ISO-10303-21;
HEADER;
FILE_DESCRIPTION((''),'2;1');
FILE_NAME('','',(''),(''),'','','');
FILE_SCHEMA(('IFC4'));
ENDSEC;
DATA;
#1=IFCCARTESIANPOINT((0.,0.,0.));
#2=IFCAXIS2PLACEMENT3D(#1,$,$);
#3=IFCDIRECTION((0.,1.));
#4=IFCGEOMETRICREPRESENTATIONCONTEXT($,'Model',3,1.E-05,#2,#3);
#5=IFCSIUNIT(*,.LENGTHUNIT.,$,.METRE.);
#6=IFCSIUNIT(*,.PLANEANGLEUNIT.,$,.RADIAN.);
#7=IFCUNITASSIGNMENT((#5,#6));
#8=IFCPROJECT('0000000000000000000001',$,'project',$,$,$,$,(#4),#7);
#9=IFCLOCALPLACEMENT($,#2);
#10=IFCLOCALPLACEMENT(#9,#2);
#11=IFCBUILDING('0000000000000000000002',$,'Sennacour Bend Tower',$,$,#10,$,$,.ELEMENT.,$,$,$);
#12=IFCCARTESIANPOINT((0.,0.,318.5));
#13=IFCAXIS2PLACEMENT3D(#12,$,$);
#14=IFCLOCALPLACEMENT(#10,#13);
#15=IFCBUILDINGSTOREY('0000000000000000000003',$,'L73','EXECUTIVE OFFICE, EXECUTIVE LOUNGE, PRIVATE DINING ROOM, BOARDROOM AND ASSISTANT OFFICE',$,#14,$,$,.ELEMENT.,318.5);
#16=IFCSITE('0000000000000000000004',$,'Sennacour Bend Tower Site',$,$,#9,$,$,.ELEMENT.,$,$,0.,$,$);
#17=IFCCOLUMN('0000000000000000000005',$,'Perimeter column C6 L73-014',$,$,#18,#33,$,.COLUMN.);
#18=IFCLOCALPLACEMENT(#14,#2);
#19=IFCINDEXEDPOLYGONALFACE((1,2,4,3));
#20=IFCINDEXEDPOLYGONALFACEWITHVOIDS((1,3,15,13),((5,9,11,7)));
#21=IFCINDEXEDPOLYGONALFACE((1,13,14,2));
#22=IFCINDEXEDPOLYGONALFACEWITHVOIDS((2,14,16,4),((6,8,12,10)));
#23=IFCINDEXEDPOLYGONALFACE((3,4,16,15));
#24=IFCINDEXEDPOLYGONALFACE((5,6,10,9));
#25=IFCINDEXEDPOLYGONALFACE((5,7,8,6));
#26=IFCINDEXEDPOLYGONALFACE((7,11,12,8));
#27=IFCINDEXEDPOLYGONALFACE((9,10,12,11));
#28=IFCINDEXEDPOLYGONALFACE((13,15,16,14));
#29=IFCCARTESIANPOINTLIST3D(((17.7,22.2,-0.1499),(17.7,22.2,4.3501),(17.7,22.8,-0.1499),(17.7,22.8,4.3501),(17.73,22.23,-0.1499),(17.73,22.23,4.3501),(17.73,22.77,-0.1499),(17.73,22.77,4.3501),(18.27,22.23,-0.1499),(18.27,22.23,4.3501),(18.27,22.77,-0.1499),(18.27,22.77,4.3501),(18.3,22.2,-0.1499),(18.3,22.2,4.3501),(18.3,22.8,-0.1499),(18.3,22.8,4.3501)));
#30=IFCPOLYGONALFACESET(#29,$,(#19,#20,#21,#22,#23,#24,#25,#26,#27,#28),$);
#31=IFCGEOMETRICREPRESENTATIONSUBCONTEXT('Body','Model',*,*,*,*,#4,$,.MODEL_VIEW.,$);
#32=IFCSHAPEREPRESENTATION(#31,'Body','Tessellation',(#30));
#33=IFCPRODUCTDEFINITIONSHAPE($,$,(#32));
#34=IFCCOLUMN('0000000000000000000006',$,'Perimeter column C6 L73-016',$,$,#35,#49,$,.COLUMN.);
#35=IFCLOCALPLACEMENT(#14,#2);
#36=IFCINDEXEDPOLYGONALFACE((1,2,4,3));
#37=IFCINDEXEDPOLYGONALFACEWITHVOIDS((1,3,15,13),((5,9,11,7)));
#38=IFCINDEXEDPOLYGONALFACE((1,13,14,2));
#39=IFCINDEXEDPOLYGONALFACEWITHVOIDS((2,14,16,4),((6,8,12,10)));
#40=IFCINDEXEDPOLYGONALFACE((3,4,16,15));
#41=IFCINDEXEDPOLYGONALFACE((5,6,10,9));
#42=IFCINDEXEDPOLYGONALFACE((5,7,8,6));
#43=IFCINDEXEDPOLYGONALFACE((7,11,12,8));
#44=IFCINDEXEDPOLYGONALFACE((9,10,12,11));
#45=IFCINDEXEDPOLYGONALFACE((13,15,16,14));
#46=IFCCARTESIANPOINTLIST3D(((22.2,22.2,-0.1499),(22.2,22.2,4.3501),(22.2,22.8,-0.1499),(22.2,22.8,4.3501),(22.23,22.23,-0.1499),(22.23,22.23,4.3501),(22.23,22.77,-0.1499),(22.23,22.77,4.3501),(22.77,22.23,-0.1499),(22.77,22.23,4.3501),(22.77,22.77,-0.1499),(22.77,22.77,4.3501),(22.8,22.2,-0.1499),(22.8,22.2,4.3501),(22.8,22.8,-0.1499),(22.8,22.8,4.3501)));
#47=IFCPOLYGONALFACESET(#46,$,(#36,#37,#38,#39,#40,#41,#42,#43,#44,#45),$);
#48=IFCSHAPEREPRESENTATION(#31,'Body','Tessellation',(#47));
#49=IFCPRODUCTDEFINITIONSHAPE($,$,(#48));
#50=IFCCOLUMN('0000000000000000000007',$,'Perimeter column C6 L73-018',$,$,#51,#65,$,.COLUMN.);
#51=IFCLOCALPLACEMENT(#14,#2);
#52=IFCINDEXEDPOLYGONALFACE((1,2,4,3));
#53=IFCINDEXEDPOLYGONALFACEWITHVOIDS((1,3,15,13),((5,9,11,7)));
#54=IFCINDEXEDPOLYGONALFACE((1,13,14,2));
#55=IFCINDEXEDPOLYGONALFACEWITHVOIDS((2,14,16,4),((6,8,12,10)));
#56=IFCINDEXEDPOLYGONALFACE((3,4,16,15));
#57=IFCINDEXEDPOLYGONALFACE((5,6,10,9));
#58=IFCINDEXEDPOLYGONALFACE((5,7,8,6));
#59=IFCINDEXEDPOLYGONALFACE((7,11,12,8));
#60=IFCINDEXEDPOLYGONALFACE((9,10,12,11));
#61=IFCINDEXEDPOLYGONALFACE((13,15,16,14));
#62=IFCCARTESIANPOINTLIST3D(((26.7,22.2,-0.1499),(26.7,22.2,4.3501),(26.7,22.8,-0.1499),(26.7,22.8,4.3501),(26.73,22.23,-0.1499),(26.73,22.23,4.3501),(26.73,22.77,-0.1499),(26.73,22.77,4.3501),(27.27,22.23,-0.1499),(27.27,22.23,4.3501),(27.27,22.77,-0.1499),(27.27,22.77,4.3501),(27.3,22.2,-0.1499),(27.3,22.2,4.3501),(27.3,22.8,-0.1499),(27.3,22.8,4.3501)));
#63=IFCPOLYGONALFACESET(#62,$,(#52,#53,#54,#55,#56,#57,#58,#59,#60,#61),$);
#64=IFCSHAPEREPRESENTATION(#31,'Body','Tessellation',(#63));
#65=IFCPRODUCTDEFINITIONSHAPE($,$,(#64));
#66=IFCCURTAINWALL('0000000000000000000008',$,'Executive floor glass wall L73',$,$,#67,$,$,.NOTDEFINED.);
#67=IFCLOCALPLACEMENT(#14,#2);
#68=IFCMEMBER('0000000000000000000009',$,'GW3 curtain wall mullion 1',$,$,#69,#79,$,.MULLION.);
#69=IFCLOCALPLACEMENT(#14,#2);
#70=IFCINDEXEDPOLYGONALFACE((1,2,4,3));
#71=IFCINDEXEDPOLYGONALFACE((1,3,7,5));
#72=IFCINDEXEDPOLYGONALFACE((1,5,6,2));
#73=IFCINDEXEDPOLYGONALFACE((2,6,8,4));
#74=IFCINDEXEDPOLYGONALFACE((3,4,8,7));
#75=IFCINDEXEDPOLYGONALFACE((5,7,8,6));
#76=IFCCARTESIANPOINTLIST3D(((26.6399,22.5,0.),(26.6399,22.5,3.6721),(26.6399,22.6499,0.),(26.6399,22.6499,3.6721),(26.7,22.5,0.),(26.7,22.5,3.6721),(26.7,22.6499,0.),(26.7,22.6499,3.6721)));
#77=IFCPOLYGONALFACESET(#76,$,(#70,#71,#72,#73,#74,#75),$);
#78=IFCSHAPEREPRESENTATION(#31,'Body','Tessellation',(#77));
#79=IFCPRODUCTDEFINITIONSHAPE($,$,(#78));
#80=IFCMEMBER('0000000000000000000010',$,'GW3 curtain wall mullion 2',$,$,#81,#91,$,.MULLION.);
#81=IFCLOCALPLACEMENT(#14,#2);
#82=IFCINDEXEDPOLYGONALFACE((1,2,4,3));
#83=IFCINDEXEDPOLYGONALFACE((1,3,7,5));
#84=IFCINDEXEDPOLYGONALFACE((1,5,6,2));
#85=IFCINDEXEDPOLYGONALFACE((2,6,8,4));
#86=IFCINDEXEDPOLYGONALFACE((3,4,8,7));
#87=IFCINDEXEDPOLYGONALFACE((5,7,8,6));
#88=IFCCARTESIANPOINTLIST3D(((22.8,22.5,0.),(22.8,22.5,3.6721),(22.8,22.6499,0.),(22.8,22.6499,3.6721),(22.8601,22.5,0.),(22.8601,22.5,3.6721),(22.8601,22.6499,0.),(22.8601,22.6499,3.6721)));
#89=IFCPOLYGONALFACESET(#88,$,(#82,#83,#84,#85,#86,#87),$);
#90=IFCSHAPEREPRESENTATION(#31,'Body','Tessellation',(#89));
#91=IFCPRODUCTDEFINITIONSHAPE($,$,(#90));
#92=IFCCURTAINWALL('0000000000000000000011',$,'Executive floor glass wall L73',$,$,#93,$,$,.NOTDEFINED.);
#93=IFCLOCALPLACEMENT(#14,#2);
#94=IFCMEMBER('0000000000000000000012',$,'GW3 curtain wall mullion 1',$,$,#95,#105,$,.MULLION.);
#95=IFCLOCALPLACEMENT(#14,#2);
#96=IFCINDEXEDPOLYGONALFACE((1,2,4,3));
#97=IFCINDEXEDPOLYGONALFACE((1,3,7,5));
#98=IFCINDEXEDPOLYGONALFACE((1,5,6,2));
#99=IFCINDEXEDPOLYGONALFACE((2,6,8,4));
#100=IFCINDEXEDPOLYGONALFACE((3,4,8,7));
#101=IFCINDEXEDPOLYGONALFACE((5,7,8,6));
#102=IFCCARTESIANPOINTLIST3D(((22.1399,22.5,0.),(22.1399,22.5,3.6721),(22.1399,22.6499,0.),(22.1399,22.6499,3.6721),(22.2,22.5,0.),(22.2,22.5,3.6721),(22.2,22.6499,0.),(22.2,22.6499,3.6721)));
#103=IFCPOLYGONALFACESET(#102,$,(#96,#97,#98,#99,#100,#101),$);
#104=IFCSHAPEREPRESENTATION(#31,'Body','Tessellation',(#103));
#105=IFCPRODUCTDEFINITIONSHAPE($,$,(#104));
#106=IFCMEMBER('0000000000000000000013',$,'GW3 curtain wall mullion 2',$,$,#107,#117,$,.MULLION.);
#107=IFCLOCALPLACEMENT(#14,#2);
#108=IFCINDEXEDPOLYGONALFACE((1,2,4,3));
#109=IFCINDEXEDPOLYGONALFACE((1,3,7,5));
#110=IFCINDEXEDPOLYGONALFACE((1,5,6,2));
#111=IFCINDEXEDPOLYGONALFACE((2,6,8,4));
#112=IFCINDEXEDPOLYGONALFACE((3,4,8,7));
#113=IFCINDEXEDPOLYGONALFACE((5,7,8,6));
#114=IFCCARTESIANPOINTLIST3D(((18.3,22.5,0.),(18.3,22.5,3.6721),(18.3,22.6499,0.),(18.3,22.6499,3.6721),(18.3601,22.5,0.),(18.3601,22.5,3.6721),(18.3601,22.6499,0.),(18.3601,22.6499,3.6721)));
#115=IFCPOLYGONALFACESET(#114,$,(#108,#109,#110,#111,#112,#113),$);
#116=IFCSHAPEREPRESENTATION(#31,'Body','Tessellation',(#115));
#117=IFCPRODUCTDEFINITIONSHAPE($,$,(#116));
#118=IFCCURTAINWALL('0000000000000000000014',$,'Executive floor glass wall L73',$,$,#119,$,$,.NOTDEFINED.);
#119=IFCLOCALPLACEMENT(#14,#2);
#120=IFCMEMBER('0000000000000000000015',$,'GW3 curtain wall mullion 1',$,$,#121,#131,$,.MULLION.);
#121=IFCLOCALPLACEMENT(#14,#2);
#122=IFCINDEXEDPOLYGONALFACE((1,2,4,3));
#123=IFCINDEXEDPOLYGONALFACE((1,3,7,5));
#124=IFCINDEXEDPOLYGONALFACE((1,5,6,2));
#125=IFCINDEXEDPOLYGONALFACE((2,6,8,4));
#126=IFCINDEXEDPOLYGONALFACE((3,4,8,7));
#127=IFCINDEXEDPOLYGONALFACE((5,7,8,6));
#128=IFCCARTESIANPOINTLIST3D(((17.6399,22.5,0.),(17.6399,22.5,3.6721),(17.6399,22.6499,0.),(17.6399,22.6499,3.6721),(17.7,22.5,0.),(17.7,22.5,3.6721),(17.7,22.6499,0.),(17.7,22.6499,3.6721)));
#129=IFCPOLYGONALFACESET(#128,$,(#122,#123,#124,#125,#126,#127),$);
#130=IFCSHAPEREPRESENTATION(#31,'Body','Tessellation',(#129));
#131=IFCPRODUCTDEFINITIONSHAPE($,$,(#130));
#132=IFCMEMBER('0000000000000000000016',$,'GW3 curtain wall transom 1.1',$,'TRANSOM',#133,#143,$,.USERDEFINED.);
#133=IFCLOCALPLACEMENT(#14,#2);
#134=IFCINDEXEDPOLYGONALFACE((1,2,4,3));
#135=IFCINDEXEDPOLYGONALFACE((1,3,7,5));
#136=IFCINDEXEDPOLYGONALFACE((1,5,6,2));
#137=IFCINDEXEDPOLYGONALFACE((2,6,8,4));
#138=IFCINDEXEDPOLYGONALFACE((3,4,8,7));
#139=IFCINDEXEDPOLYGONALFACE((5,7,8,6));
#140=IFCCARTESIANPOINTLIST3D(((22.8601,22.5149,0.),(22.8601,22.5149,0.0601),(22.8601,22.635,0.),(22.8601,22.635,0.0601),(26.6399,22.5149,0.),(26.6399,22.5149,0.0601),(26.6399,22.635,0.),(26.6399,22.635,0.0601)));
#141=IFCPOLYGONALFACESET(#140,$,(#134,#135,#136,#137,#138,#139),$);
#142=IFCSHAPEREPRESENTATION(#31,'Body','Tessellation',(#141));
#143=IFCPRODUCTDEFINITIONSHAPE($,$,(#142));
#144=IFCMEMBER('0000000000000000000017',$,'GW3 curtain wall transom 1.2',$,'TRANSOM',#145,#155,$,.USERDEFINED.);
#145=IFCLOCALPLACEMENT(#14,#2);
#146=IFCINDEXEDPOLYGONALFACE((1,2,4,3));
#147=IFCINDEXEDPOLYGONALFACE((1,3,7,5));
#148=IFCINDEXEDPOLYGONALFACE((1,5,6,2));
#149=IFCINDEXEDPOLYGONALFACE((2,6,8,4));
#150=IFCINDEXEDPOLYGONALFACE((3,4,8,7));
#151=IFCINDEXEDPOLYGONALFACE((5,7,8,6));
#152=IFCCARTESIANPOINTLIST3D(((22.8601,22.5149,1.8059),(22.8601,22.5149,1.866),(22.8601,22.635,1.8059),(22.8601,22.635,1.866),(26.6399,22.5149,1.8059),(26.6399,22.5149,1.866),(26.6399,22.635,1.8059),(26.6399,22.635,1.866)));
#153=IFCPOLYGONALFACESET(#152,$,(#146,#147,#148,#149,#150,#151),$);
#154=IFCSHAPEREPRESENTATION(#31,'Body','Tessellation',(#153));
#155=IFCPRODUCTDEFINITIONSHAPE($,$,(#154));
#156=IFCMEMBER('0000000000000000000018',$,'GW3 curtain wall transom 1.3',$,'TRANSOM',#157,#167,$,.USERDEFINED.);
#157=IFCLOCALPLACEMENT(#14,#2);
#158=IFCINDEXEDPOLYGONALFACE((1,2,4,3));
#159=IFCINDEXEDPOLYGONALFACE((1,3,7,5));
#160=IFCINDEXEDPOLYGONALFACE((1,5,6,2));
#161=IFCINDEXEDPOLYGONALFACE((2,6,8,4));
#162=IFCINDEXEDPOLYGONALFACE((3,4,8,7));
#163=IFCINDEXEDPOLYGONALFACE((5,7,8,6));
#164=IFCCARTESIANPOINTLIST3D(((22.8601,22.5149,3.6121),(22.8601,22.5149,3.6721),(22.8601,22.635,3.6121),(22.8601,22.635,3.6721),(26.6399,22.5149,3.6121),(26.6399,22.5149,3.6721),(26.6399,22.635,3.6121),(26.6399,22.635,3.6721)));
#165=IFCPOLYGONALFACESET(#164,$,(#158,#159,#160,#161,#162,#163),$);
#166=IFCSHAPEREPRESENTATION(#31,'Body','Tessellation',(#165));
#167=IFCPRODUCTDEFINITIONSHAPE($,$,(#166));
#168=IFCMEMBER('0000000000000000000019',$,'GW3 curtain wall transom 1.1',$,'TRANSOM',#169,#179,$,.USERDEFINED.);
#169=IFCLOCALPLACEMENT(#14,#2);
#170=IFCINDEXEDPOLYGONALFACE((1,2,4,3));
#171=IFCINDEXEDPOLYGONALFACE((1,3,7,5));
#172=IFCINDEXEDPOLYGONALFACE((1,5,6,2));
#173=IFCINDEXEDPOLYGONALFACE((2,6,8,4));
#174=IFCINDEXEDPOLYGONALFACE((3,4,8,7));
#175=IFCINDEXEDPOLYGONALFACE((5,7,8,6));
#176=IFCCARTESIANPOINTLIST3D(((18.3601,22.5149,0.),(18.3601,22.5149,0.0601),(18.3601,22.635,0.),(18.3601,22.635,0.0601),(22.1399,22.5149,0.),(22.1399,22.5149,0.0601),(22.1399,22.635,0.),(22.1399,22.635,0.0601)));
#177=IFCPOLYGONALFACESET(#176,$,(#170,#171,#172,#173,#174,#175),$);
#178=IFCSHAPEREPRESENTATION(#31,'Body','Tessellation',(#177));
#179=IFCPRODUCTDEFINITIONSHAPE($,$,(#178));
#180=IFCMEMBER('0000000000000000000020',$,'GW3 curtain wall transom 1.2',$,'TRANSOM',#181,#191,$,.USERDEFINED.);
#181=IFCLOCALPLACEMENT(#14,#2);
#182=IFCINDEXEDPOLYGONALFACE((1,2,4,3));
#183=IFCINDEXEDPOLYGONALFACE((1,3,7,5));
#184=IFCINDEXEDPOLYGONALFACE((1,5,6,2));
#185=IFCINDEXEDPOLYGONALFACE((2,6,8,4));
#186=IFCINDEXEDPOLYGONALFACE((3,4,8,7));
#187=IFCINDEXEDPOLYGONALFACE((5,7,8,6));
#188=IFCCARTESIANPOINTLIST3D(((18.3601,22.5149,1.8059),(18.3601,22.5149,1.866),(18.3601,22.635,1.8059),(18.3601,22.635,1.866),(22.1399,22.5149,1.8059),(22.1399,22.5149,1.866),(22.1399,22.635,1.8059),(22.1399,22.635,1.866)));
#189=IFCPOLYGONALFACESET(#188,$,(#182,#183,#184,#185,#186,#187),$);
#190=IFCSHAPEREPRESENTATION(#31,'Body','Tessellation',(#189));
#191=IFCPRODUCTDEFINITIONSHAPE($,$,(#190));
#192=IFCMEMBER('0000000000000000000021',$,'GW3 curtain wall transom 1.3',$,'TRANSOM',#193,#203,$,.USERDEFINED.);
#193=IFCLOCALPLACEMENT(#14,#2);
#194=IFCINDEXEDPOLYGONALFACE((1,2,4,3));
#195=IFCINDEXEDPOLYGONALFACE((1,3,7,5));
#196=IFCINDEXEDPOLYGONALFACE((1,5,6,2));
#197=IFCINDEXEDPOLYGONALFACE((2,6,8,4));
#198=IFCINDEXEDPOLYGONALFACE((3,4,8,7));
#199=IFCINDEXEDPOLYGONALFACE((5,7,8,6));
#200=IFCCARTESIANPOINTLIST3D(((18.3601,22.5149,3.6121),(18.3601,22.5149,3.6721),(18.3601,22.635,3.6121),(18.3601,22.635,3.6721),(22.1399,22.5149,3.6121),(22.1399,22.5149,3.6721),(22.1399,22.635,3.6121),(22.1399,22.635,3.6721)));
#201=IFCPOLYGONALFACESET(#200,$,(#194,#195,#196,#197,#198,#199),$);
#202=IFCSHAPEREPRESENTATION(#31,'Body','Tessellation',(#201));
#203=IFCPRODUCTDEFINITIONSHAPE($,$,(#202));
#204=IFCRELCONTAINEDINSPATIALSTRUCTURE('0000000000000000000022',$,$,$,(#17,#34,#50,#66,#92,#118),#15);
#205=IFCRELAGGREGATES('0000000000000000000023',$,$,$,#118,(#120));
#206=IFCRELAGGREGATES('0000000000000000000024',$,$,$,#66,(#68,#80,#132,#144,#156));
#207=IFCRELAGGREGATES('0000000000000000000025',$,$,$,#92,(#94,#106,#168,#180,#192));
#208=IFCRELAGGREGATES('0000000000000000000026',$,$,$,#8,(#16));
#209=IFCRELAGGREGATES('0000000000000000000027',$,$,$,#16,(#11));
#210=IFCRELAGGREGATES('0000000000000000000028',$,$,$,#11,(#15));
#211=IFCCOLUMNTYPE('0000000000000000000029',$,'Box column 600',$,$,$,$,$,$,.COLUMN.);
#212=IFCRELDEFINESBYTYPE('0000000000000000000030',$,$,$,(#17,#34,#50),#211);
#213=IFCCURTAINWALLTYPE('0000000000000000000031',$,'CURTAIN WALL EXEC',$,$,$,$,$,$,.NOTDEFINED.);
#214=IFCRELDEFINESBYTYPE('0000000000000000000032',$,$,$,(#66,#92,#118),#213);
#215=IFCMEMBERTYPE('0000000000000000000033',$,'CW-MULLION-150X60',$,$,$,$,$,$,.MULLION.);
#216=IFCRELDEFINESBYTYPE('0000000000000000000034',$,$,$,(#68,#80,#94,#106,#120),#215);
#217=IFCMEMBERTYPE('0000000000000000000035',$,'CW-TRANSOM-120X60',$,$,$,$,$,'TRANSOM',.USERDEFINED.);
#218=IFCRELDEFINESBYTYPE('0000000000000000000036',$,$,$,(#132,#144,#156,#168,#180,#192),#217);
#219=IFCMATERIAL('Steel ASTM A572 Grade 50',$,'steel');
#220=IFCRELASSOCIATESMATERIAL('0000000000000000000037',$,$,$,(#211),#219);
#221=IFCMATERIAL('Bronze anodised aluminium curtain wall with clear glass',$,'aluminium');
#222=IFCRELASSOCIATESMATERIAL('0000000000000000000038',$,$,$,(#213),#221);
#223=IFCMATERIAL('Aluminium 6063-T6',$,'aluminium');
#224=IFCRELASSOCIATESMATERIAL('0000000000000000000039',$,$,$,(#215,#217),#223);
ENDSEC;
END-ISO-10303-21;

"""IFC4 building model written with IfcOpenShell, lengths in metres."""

from ifc_helpers import new_model, si_unit, direction, frame, origin, origin_2d, place, context, subcontext, project, spatial, rectangle, hollow_rectangle, extrude, material, material_profile, profile_set, type_object, element, aggregate, save


model = new_model("IFC4")

# Units and contexts
model_context = context("Model", 3, precision=1e-05, world=origin(), true_north=direction((0.0, 1.0)))
body_context = subcontext(model_context, "Body", "Model", "MODEL_VIEW")
ifc_project = project(units=[si_unit("LENGTHUNIT", "METRE"), si_unit("PLANEANGLEUNIT", "RADIAN")], contexts=[model_context])

# Site, building, storey
site_placement = place(None, origin())
site = spatial("IfcSite", under=ifc_project, at=site_placement, Name="Sennacour Bend Tower Site", CompositionType="ELEMENT", RefElevation=0.0)
building_placement = place(site_placement, origin())
building = spatial("IfcBuilding", under=site, at=building_placement, Name="Sennacour Bend Tower", CompositionType="ELEMENT")
storey_placement = place(building_placement, frame((0.0, 0.0, 318.5)))
storey = spatial("IfcBuildingStorey", under=building, at=storey_placement, Name="L73", Description="EXECUTIVE OFFICE, EXECUTIVE LOUNGE, PRIVATE DINING ROOM, BOARDROOM AND ASSISTANT OFFICE", CompositionType="ELEMENT", Elevation=318.5)

# Columns
ifc_material_1 = material(Name="Steel ASTM A572 Grade 50", Category="steel")
ifc_material_profile_1 = material_profile(ifc_material_1, hollow_rectangle(XDim=0.6001, YDim=0.6001, WallThickness=0.03, at=origin_2d()), Name="Steel ASTM A572 Grade 50", Category="steel")
ifc_profile_set_1 = profile_set([ifc_material_profile_1], Name="Steel ASTM A572 Grade 50")
column_type = type_object("IfcColumnType", Name="Box column 600", PredefinedType="COLUMN", material=ifc_profile_set_1)
for number, where, z_axis, x_axis, name in (
    (1, (18.0, 22.5, -0.1499), (0.0, 0.0, 1.0), (1.0, 0.0, 0.0), "Perimeter column C6 L73-014"),
    (2, (22.5, 22.5, -0.1499), (0.0, 0.0, 1.0), (1.0, 0.0, 0.0), "Perimeter column C6 L73-016"),
    (3, (27.0, 22.5, -0.1499), (0.0, 0.0, 1.0), (1.0, 0.0, 0.0), "Perimeter column C6 L73-018"),
):
    element("IfcColumn", number, at=place(storey_placement, frame(where, z_axis=z_axis, x_axis=x_axis)), inside=storey, type_object=column_type, Name=name, PredefinedType="COLUMN", context=body_context, shape_type="SweptSolid", body=[
        extrude(hollow_rectangle(XDim=0.6001, YDim=0.6001, WallThickness=0.03, at=origin_2d()), origin(), (0.0, 0.0, 1.0), 4.5),
    ])

# Curtain walls, members
ifc_material_2 = material(Name="Bronze anodised aluminium curtain wall with clear glass", Category="aluminium")
curtain_wall_type = type_object("IfcCurtainWallType", Name="CURTAIN WALL EXEC", PredefinedType="NOTDEFINED", material=ifc_material_2)
curtain_wall_1_placement = place(storey_placement, origin())
curtain_wall_1 = element("IfcCurtainWall", 4, at=curtain_wall_1_placement, inside=storey, type_object=curtain_wall_type, Name="Executive floor glass wall L73", PredefinedType="NOTDEFINED")
ifc_material_3 = material(Name="Aluminium 6063-T6", Category="aluminium")
ifc_material_profile_2 = material_profile(ifc_material_3, rectangle(XDim=0.1499, YDim=0.0601, at=origin_2d()), Name="Aluminium 6063-T6", Category="aluminium")
ifc_profile_set_2 = profile_set([ifc_material_profile_2], Name="Aluminium 6063-T6")
member_type_1 = type_object("IfcMemberType", Name="CW-MULLION-150X60", PredefinedType="MULLION", material=ifc_profile_set_2)
member_1_placement = place(storey_placement, frame((26.6699, 22.575, 0.0), z_axis=(0.0, 0.0, 1.0), x_axis=(0.0, -1.0, 0.0)))
member_1 = element("IfcMember", 5, at=member_1_placement, type_object=member_type_1, Name="GW3 curtain wall mullion 1", PredefinedType="MULLION", context=body_context, shape_type="SweptSolid", body=[
    extrude(rectangle(XDim=0.1499, YDim=0.0601, at=origin_2d()), origin(), (0.0, 0.0, 1.0), 3.6721),
])
member_2_placement = place(storey_placement, frame((22.8301, 22.575, 0.0), z_axis=(0.0, 0.0, 1.0), x_axis=(0.0, -1.0, 0.0)))
member_2 = element("IfcMember", 6, at=member_2_placement, type_object=member_type_1, Name="GW3 curtain wall mullion 2", PredefinedType="MULLION", context=body_context, shape_type="SweptSolid", body=[
    extrude(rectangle(XDim=0.1499, YDim=0.0601, at=origin_2d()), origin(), (0.0, 0.0, 1.0), 3.6721),
])
curtain_wall_2_placement = place(storey_placement, origin())
curtain_wall_2 = element("IfcCurtainWall", 7, at=curtain_wall_2_placement, inside=storey, type_object=curtain_wall_type, Name="Executive floor glass wall L73", PredefinedType="NOTDEFINED")
member_3_placement = place(storey_placement, frame((22.1699, 22.575, 0.0), z_axis=(0.0, 0.0, 1.0), x_axis=(0.0, -1.0, 0.0)))
member_3 = element("IfcMember", 8, at=member_3_placement, type_object=member_type_1, Name="GW3 curtain wall mullion 1", PredefinedType="MULLION", context=body_context, shape_type="SweptSolid", body=[
    extrude(rectangle(XDim=0.1499, YDim=0.0601, at=origin_2d()), origin(), (0.0, 0.0, 1.0), 3.6721),
])
member_4_placement = place(storey_placement, frame((18.3301, 22.575, 0.0), z_axis=(0.0, 0.0, 1.0), x_axis=(0.0, -1.0, 0.0)))
member_4 = element("IfcMember", 9, at=member_4_placement, type_object=member_type_1, Name="GW3 curtain wall mullion 2", PredefinedType="MULLION", context=body_context, shape_type="SweptSolid", body=[
    extrude(rectangle(XDim=0.1499, YDim=0.0601, at=origin_2d()), origin(), (0.0, 0.0, 1.0), 3.6721),
])

# Curtain wall, member
curtain_wall_3_placement = place(storey_placement, origin())
curtain_wall_3 = element("IfcCurtainWall", 10, at=curtain_wall_3_placement, inside=storey, type_object=curtain_wall_type, Name="Executive floor glass wall L73", PredefinedType="NOTDEFINED")
member_5_placement = place(storey_placement, frame((17.6699, 22.575, 0.0), z_axis=(0.0, 0.0, 1.0), x_axis=(0.0, -1.0, 0.0)))
member_5 = element("IfcMember", 11, at=member_5_placement, type_object=member_type_1, Name="GW3 curtain wall mullion 1", PredefinedType="MULLION", context=body_context, shape_type="SweptSolid", body=[
    extrude(rectangle(XDim=0.1499, YDim=0.0601, at=origin_2d()), origin(), (0.0, 0.0, 1.0), 3.6721),
])

# Members
ifc_material_profile_3 = material_profile(ifc_material_3, rectangle(XDim=0.1201, YDim=0.0601, at=origin_2d()), Name="Aluminium 6063-T6", Category="aluminium")
ifc_profile_set_3 = profile_set([ifc_material_profile_3], Name="Aluminium 6063-T6")
member_type_2 = type_object("IfcMemberType", Name="CW-TRANSOM-120X60", ElementType="TRANSOM", PredefinedType="USERDEFINED", material=ifc_profile_set_3)
member_6_placement = place(storey_placement, frame((26.6399, 22.575, 0.03), z_axis=(-1.0, 0.0, 0.0), x_axis=(0.0, -1.0, 0.0)))
member_6 = element("IfcMember", 12, at=member_6_placement, type_object=member_type_2, Name="GW3 curtain wall transom 1.1", ObjectType="TRANSOM", PredefinedType="USERDEFINED", context=body_context, shape_type="SweptSolid", body=[
    extrude(rectangle(XDim=0.1201, YDim=0.0601, at=origin_2d()), origin(), (0.0, 0.0, 1.0), 3.7798),
])
member_7_placement = place(storey_placement, frame((26.6399, 22.575, 1.8359), z_axis=(-1.0, 0.0, 0.0), x_axis=(0.0, -1.0, 0.0)))
member_7 = element("IfcMember", 13, at=member_7_placement, type_object=member_type_2, Name="GW3 curtain wall transom 1.2", ObjectType="TRANSOM", PredefinedType="USERDEFINED", context=body_context, shape_type="SweptSolid", body=[
    extrude(rectangle(XDim=0.1201, YDim=0.0601, at=origin_2d()), origin(), (0.0, 0.0, 1.0), 3.7798),
])
member_8_placement = place(storey_placement, frame((26.6399, 22.575, 3.6421), z_axis=(-1.0, 0.0, 0.0), x_axis=(0.0, -1.0, 0.0)))
member_8 = element("IfcMember", 14, at=member_8_placement, type_object=member_type_2, Name="GW3 curtain wall transom 1.3", ObjectType="TRANSOM", PredefinedType="USERDEFINED", context=body_context, shape_type="SweptSolid", body=[
    extrude(rectangle(XDim=0.1201, YDim=0.0601, at=origin_2d()), origin(), (0.0, 0.0, 1.0), 3.7798),
])
member_9_placement = place(storey_placement, frame((22.1399, 22.575, 0.03), z_axis=(-1.0, 0.0, 0.0), x_axis=(0.0, -1.0, 0.0)))
member_9 = element("IfcMember", 15, at=member_9_placement, type_object=member_type_2, Name="GW3 curtain wall transom 1.1", ObjectType="TRANSOM", PredefinedType="USERDEFINED", context=body_context, shape_type="SweptSolid", body=[
    extrude(rectangle(XDim=0.1201, YDim=0.0601, at=origin_2d()), origin(), (0.0, 0.0, 1.0), 3.7798),
])
member_10_placement = place(storey_placement, frame((22.1399, 22.575, 1.8359), z_axis=(-1.0, 0.0, 0.0), x_axis=(0.0, -1.0, 0.0)))
member_10 = element("IfcMember", 16, at=member_10_placement, type_object=member_type_2, Name="GW3 curtain wall transom 1.2", ObjectType="TRANSOM", PredefinedType="USERDEFINED", context=body_context, shape_type="SweptSolid", body=[
    extrude(rectangle(XDim=0.1201, YDim=0.0601, at=origin_2d()), origin(), (0.0, 0.0, 1.0), 3.7798),
])
member_11_placement = place(storey_placement, frame((22.1399, 22.575, 3.6421), z_axis=(-1.0, 0.0, 0.0), x_axis=(0.0, -1.0, 0.0)))
member_11 = element("IfcMember", 17, at=member_11_placement, type_object=member_type_2, Name="GW3 curtain wall transom 1.3", ObjectType="TRANSOM", PredefinedType="USERDEFINED", context=body_context, shape_type="SweptSolid", body=[
    extrude(rectangle(XDim=0.1201, YDim=0.0601, at=origin_2d()), origin(), (0.0, 0.0, 1.0), 3.7798),
])
aggregate(curtain_wall_3, [member_5])

aggregate(curtain_wall_1, [member_1, member_2, member_6, member_7, member_8])
aggregate(curtain_wall_2, [member_3, member_4, member_9, member_10, member_11])

save(model, "model.ifc")
